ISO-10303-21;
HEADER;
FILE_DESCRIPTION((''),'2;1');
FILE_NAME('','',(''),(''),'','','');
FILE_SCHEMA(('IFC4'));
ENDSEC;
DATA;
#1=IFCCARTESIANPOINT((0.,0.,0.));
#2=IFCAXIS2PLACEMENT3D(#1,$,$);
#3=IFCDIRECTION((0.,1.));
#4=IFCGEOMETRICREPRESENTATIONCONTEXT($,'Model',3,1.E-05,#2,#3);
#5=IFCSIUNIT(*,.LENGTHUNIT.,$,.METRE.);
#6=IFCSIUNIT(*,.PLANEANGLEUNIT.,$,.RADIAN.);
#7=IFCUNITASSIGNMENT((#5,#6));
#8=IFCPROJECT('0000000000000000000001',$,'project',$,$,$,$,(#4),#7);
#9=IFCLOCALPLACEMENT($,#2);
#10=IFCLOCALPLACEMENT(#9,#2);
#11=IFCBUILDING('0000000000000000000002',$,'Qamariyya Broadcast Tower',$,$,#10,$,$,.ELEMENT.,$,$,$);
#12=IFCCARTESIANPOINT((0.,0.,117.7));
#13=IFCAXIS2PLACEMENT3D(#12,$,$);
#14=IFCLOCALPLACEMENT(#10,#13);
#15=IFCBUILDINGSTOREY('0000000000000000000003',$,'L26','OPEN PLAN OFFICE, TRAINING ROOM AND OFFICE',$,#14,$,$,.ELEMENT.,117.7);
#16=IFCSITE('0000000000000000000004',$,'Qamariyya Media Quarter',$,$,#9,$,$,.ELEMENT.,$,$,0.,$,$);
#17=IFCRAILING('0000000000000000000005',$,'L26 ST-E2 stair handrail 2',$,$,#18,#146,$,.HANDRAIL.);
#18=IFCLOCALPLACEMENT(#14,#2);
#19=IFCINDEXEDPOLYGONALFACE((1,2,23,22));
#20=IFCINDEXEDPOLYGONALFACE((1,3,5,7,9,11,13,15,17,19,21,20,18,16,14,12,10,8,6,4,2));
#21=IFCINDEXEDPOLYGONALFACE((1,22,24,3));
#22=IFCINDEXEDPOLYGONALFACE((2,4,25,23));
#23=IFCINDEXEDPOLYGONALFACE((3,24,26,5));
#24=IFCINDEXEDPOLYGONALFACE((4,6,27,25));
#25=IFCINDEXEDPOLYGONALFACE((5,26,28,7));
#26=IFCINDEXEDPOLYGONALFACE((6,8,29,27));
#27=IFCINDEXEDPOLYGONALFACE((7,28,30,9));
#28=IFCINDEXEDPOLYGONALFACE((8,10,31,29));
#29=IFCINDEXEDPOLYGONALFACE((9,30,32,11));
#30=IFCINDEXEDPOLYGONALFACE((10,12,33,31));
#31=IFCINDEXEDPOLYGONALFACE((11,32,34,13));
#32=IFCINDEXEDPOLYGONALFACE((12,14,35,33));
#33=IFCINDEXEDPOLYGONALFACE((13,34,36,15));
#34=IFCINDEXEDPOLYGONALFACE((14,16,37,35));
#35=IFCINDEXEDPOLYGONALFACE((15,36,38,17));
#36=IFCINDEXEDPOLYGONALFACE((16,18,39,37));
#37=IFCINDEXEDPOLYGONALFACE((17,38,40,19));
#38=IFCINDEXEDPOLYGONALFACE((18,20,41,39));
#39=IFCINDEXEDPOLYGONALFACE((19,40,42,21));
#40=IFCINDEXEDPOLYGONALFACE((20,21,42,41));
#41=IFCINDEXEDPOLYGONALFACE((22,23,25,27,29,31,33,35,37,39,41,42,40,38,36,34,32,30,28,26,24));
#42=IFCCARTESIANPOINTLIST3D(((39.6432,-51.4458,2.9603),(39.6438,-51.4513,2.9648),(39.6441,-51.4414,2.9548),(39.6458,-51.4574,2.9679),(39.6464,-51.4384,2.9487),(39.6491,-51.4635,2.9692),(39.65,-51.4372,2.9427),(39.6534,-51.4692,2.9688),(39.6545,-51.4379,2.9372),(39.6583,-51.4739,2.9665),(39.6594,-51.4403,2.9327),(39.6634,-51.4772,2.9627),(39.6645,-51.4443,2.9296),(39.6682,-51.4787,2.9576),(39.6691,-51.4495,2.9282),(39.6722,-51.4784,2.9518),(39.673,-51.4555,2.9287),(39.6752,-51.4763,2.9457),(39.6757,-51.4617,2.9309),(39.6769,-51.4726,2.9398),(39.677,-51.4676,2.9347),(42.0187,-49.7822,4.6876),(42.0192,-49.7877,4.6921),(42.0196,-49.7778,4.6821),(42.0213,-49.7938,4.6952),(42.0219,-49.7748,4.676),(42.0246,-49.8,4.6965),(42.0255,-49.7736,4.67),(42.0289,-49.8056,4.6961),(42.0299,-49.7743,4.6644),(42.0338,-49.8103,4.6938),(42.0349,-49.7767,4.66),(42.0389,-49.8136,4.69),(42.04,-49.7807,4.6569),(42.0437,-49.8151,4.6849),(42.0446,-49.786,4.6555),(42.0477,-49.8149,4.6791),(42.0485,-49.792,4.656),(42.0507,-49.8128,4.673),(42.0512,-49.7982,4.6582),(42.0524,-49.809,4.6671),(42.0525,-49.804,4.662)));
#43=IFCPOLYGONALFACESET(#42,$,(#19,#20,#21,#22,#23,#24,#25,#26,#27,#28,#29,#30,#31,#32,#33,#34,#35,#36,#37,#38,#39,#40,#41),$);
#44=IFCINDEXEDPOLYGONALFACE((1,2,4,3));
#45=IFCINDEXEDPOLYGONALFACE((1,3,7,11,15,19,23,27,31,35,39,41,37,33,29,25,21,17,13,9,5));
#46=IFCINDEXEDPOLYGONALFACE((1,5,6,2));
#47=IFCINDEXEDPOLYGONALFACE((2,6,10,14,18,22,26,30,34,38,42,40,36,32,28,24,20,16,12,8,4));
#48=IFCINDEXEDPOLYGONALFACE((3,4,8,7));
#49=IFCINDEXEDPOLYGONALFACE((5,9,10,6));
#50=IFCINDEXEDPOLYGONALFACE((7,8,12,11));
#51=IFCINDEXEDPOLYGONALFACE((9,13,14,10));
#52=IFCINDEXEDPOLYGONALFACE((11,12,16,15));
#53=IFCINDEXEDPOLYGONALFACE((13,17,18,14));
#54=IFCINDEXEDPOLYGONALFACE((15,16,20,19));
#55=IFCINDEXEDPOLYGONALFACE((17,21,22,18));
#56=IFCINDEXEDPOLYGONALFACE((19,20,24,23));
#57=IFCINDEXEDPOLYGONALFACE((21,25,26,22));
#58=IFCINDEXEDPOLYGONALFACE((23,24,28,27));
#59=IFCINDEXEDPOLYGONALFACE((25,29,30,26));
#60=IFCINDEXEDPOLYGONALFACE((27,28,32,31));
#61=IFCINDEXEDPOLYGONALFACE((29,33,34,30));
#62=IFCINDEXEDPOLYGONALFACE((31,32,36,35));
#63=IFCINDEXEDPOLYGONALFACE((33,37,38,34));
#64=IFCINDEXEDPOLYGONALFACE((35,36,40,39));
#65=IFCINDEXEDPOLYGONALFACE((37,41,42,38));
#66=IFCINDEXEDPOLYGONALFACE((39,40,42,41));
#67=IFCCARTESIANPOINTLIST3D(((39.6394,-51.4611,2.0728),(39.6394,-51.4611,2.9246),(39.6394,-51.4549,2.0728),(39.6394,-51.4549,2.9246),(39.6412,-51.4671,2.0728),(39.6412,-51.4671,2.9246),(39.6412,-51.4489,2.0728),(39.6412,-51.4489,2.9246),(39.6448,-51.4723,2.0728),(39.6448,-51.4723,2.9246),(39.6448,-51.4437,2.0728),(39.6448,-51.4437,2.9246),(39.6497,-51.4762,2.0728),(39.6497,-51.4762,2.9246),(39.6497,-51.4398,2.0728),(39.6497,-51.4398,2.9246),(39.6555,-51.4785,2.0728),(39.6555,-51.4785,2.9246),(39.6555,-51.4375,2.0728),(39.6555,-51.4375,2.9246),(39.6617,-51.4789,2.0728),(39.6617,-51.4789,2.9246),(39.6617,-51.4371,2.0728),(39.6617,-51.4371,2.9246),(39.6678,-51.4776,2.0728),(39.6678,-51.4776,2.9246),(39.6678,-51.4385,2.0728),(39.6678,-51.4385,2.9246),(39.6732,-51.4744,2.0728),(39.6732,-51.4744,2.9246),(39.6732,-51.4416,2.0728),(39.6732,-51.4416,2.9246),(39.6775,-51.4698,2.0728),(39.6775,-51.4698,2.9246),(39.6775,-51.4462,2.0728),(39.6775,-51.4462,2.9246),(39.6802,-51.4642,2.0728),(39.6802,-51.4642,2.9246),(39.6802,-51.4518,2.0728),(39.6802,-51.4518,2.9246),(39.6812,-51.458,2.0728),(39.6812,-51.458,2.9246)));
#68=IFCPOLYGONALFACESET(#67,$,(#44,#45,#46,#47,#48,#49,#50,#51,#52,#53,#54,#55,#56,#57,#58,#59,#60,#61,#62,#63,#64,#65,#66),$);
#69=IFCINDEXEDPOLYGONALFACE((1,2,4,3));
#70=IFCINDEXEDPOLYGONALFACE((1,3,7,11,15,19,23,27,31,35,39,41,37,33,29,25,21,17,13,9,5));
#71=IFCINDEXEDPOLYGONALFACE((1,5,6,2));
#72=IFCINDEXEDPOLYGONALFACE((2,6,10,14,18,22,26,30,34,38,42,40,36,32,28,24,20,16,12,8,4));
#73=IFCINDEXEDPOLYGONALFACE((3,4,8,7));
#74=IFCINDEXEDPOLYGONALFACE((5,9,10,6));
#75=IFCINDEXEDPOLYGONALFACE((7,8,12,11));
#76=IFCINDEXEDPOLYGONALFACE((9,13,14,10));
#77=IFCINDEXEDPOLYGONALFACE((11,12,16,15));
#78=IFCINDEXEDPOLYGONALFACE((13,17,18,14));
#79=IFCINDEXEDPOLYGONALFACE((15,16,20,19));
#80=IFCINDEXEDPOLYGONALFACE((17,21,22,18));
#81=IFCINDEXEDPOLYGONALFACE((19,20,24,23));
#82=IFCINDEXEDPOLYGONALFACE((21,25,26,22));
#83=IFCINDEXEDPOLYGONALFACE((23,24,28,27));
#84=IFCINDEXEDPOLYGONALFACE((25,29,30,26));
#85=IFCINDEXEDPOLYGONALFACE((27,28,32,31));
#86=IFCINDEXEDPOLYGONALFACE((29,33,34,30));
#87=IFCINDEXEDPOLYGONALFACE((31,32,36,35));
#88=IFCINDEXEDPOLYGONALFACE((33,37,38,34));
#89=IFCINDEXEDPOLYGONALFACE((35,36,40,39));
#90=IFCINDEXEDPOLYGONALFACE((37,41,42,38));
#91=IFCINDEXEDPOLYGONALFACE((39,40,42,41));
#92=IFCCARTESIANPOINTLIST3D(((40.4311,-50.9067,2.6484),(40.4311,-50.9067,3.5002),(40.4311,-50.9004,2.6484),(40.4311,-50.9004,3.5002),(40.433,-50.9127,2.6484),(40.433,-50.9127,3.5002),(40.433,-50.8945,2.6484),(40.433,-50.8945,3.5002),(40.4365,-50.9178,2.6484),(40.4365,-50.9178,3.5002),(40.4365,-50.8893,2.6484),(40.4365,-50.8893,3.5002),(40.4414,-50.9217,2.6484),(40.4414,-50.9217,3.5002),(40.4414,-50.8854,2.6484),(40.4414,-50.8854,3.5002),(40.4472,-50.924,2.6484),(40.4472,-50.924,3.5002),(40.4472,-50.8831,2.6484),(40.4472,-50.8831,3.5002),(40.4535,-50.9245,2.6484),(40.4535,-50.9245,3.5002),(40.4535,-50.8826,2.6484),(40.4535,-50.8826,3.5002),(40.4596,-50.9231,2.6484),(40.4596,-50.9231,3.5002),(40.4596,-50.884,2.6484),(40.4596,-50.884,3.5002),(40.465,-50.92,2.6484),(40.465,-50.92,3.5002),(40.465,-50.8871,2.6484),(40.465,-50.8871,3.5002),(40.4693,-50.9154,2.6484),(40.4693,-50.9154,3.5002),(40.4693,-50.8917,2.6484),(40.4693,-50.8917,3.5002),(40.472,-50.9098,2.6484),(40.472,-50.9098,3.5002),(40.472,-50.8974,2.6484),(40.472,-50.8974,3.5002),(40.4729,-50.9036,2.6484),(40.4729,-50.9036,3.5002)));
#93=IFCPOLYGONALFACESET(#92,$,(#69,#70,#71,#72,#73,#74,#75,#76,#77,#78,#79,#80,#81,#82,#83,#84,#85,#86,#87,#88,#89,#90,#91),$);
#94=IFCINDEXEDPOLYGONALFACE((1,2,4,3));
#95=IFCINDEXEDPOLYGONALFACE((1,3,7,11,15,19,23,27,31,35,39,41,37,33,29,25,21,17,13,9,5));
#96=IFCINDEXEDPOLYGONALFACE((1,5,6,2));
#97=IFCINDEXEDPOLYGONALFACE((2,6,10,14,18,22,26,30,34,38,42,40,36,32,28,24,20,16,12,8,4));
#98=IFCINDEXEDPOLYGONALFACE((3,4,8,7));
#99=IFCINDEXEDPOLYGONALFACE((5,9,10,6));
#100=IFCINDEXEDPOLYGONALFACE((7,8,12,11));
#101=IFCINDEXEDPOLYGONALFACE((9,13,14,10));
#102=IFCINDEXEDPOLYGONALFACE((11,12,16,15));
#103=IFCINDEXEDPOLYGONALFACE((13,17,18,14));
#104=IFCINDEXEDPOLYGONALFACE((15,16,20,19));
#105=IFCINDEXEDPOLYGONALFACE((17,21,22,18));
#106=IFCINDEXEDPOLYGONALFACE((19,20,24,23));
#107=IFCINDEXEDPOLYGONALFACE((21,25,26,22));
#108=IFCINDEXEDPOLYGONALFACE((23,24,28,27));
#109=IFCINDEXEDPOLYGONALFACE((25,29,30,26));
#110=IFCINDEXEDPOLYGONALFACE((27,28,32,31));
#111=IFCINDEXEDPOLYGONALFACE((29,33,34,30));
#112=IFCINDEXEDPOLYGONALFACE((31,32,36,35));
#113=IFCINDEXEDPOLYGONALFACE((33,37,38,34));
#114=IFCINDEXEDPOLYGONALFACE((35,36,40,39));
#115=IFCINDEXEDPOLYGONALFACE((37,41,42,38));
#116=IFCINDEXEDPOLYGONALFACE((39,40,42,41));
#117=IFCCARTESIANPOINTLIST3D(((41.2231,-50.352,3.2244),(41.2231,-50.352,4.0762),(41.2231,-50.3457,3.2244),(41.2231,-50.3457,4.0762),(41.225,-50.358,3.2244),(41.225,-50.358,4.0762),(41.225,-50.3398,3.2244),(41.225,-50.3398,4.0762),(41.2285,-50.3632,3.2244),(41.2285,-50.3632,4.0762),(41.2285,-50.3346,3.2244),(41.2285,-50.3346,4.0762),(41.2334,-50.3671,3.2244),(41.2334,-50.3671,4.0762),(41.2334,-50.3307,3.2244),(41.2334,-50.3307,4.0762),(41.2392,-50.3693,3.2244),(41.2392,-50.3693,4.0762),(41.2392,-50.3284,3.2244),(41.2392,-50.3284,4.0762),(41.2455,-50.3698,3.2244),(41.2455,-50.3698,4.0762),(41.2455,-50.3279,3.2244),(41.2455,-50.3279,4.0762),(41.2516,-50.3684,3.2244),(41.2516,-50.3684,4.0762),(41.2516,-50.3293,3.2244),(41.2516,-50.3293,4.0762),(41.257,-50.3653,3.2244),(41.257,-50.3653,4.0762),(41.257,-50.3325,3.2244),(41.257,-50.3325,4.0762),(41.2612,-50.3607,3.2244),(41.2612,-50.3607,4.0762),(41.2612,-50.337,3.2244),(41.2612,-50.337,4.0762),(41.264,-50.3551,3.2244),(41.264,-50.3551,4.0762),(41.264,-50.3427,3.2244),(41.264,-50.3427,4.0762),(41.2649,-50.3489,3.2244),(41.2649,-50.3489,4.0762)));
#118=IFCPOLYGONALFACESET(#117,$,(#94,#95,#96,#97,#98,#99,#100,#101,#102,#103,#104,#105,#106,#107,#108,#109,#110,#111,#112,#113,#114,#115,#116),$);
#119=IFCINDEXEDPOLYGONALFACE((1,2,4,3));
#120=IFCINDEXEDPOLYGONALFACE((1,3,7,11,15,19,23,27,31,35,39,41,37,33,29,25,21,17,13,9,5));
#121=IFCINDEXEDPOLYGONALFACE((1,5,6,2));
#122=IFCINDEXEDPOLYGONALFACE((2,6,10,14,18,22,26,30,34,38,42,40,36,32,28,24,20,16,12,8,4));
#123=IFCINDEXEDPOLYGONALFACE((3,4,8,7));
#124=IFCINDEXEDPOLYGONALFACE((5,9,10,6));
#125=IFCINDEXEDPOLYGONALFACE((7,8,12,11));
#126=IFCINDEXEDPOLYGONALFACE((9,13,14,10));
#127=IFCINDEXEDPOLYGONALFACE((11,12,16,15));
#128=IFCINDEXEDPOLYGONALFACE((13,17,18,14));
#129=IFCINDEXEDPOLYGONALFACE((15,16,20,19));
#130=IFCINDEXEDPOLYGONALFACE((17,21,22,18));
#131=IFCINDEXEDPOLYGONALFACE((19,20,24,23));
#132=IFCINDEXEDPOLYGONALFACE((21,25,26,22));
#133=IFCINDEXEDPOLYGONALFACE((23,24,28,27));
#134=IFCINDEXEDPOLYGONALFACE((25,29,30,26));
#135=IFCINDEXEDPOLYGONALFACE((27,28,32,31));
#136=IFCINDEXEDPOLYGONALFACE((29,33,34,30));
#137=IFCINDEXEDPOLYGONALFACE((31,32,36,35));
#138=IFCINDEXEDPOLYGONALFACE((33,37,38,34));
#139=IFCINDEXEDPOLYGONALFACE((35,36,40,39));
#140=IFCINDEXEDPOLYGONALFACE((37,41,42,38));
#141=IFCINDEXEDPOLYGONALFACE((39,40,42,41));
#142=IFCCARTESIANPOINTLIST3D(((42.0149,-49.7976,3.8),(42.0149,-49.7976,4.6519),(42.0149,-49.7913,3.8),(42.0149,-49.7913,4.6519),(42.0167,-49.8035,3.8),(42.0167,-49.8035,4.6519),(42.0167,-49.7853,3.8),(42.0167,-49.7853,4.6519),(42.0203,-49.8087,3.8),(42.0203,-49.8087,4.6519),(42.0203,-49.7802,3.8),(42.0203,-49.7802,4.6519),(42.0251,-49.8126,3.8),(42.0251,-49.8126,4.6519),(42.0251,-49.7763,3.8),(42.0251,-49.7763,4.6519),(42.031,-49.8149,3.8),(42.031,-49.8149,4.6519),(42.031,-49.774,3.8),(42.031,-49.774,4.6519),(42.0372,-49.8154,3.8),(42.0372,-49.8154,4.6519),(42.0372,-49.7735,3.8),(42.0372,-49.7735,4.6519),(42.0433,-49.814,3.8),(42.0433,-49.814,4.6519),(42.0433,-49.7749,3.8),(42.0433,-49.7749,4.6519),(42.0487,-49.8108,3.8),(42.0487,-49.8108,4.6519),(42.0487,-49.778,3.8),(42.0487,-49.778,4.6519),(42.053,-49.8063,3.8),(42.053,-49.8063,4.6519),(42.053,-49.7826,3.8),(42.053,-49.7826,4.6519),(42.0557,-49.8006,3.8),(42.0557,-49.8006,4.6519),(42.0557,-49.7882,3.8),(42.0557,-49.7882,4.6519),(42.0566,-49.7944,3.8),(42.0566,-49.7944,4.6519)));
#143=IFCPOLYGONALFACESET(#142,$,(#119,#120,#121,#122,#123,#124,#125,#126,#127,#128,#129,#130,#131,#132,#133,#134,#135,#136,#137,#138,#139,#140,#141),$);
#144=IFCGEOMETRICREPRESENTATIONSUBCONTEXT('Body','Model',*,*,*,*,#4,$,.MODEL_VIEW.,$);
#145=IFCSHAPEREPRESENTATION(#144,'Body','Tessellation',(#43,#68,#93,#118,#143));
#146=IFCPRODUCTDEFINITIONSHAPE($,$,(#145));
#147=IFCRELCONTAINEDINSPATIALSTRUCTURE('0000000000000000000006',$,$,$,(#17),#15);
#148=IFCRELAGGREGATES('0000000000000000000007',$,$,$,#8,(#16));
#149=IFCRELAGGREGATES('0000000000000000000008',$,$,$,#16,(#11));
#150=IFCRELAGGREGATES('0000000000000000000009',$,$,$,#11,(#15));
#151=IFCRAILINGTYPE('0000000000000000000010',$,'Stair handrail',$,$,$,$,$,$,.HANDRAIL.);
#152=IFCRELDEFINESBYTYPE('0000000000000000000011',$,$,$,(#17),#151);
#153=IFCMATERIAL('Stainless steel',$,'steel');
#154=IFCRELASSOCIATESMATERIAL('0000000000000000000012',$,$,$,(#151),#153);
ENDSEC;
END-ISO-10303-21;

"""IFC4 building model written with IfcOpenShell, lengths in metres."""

from ifc_helpers import new_model, si_unit, direction, frame, origin, origin_2d, place, context, subcontext, project, spatial, circle, extrude, material, type_object, element, save


model = new_model("IFC4")

# Units and contexts
model_context = context("Model", 3, precision=1e-05, world=origin(), true_north=direction((0.0, 1.0)))
body_context = subcontext(model_context, "Body", "Model", "MODEL_VIEW")
ifc_project = project(units=[si_unit("LENGTHUNIT", "METRE"), si_unit("PLANEANGLEUNIT", "RADIAN")], contexts=[model_context])

# Site, building, storey
site_placement = place(None, origin())
site = spatial("IfcSite", under=ifc_project, at=site_placement, Name="Qamariyya Media Quarter", CompositionType="ELEMENT", RefElevation=0.0)
building_placement = place(site_placement, origin())
building = spatial("IfcBuilding", under=site, at=building_placement, Name="Qamariyya Broadcast Tower", CompositionType="ELEMENT")
storey_placement = place(building_placement, frame((0.0, 0.0, 117.7)))
storey = spatial("IfcBuildingStorey", under=building, at=storey_placement, Name="L26", Description="OPEN PLAN OFFICE, TRAINING ROOM AND OFFICE", CompositionType="ELEMENT", Elevation=117.7)

# Railing
ifc_material_1 = material(Name="Stainless steel", Category="steel")
railing_type_1 = type_object("IfcRailingType", Name="Stair handrail", PredefinedType="HANDRAIL", material=ifc_material_1)
railing_1_placement = place(storey_placement, frame((39.6602, -51.458, 2.0728)))
element("IfcRailing", 1, at=railing_1_placement, inside=storey, type_object=railing_type_1, Name="L26 ST-E2 stair handrail 2", PredefinedType="HANDRAIL", context=body_context, shape_type="SweptSolid", body=[
    extrude(circle(Radius=0.0239, at=origin_2d()), frame((0.0, 0.0, 0.876), z_axis=(0.703745, 0.492838, 0.511716), x_axis=(-0.573632, 0.819113, 0.0)), (0.0, 0.0, 1.0), 3.3755),
    extrude(circle(Radius=0.021, at=origin_2d()), origin(), (0.0, 0.0, 1.0), 0.8518),
    extrude(circle(Radius=0.021, at=origin_2d()), frame((0.7917, 0.5544, 0.5757)), (0.0, 0.0, 1.0), 0.8518),
    extrude(circle(Radius=0.021, at=origin_2d()), frame((1.5837, 1.1091, 1.1516)), (0.0, 0.0, 1.0), 0.8518),
    extrude(circle(Radius=0.021, at=origin_2d()), frame((2.3755, 1.6636, 1.7273)), (0.0, 0.0, 1.0), 0.8518),
])

save(model, "model.ifc")
